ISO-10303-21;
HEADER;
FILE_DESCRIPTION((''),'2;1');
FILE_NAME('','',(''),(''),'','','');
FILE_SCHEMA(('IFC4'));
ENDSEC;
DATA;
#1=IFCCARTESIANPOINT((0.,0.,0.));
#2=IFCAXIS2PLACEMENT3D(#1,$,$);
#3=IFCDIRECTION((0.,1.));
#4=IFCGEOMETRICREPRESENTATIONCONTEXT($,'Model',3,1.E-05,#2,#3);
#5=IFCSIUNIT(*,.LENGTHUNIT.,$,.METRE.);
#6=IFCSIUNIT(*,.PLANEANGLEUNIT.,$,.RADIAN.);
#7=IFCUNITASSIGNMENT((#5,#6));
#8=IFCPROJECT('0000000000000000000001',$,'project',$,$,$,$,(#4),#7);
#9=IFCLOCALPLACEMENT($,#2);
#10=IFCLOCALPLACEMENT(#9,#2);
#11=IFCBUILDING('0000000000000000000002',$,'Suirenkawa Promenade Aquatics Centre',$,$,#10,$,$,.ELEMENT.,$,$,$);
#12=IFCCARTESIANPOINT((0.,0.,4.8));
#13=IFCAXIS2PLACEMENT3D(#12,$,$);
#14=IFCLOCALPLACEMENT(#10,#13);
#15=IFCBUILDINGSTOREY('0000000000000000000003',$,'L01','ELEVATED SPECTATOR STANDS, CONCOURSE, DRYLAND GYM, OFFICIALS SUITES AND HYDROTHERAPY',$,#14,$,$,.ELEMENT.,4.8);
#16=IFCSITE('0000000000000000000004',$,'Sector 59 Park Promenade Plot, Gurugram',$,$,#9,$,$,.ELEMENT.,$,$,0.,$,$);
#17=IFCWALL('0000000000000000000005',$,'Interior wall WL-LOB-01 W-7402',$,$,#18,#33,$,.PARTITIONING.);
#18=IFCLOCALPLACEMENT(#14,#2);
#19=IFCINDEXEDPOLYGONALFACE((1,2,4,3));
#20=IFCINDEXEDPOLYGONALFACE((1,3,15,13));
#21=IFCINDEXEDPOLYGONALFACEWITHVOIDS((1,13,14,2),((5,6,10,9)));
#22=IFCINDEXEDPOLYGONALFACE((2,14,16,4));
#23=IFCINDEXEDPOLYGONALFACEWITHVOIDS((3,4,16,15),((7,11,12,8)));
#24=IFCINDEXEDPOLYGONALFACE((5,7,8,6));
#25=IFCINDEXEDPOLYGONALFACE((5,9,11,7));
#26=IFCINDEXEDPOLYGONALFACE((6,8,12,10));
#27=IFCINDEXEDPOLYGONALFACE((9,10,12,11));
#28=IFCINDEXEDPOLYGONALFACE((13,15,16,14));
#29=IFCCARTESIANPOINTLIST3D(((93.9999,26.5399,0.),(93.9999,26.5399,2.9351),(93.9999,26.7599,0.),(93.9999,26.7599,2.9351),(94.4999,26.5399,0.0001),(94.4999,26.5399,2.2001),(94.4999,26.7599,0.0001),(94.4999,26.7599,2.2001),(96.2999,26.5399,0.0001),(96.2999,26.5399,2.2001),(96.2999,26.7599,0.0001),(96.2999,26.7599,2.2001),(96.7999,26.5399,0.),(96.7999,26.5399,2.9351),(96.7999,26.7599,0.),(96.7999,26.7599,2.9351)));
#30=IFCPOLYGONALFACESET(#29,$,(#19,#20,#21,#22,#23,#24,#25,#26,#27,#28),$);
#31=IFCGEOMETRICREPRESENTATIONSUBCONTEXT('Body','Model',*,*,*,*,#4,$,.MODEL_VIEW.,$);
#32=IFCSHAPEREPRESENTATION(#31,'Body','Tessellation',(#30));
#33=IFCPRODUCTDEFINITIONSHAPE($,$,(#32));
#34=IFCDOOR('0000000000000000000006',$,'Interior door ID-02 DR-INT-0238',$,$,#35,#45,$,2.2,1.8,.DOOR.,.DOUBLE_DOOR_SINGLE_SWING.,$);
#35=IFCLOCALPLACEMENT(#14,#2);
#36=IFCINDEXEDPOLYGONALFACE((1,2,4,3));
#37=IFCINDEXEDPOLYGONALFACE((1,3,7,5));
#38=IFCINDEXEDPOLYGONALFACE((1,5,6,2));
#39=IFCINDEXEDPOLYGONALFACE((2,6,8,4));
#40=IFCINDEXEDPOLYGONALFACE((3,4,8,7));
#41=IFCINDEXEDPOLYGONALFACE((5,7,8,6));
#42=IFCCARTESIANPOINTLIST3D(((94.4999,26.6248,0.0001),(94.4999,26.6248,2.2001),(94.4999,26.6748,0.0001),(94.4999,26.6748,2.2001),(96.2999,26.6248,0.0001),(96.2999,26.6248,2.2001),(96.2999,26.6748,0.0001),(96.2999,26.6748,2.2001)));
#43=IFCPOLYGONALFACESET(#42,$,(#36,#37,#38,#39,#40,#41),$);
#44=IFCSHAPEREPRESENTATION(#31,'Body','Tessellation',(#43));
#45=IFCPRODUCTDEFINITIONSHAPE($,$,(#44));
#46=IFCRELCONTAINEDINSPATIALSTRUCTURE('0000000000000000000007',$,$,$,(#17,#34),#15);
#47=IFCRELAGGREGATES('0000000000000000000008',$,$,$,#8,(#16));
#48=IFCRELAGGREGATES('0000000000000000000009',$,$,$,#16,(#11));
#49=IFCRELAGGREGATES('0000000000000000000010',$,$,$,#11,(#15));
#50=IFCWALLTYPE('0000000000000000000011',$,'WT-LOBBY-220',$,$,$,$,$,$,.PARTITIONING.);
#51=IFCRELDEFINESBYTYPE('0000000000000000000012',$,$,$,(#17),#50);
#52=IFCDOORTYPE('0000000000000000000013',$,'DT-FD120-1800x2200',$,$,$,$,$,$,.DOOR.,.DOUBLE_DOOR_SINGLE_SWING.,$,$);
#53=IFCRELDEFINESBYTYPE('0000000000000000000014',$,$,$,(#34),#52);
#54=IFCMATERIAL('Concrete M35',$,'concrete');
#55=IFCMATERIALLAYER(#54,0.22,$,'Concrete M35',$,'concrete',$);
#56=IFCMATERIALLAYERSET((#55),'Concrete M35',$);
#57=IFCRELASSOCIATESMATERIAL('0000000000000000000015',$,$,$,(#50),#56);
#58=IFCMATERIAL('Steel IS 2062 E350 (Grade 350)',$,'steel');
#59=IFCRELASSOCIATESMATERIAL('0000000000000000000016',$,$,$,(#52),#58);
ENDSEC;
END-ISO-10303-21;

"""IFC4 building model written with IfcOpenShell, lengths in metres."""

from ifc_helpers import new_model, si_unit, direction, frame, frame_2d, origin, place, context, subcontext, project, spatial, rectangle, extrude, material, layer, layer_set, type_object, element, fill, save


model = new_model("IFC4")

# Units and contexts
model_context = context("Model", 3, precision=1e-05, world=origin(), true_north=direction((0.0, 1.0)))
body_context = subcontext(model_context, "Body", "Model", "MODEL_VIEW")
ifc_project = project(units=[si_unit("LENGTHUNIT", "METRE"), si_unit("PLANEANGLEUNIT", "RADIAN")], contexts=[model_context])

# Site, building, storey
site_placement = place(None, origin())
site = spatial("IfcSite", under=ifc_project, at=site_placement, Name="Sector 59 Park Promenade Plot, Gurugram", CompositionType="ELEMENT", RefElevation=0.0)
building_placement = place(site_placement, origin())
building = spatial("IfcBuilding", under=site, at=building_placement, Name="Suirenkawa Promenade Aquatics Centre", CompositionType="ELEMENT")
storey_placement = place(building_placement, frame((0.0, 0.0, 4.8)))
storey = spatial("IfcBuildingStorey", under=building, at=storey_placement, Name="L01", Description="ELEVATED SPECTATOR STANDS, CONCOURSE, DRYLAND GYM, OFFICIALS SUITES AND HYDROTHERAPY", CompositionType="ELEMENT", Elevation=4.8)

# Wall, opening, door
ifc_material_1 = material(Name="Concrete M35", Category="concrete")
ifc_layer_1 = layer(ifc_material_1, 0.22, Name="Concrete M35", Category="concrete")
ifc_layer_set_1 = layer_set([ifc_layer_1], Name="Concrete M35")
wall_type = type_object("IfcWallType", Name="WT-LOBBY-220", PredefinedType="PARTITIONING", material=ifc_layer_set_1)
wall_placement = place(storey_placement, frame((94.0, 26.6499, 0.0), z_axis=(0.0, 0.0, 1.0), x_axis=(1.0, 0.0, 0.0)))
wall = element("IfcWall", 1, at=wall_placement, inside=storey, type_object=wall_type, Name="Interior wall WL-LOB-01 W-7402", PredefinedType="PARTITIONING", context=body_context, shape_type="SweptSolid", body=[
    extrude(rectangle(XDim=2.8, YDim=0.22, at=frame_2d((1.3999, 0.0))), origin(), (0.0, 0.0, 1.0), 2.9351),
])
opening_placement = place(wall_placement, frame((0.5, 0.0, 0.0)))
opening = element("IfcOpeningElement", 2, at=opening_placement, cuts=wall, PredefinedType="OPENING", context=body_context, shape_type="SweptSolid", body=[
    extrude(rectangle(XDim=1.8, YDim=2.2, at=frame_2d((0.8999, 1.1001))), frame((0.0, 0.1199, 0.0), z_axis=(0.0, -1.0, 0.0), x_axis=(1.0, 0.0, 0.0)), (0.0, 0.0, 1.0), 0.24),
])
ifc_material_2 = material(Name="Steel IS 2062 E350 (Grade 350)", Category="steel")
door_type = type_object("IfcDoorType", Name="DT-FD120-1800x2200", OperationType="DOUBLE_DOOR_SINGLE_SWING", PredefinedType="DOOR", material=ifc_material_2)
door_placement = place(opening_placement, origin())
door = element("IfcDoor", 3, at=door_placement, inside=storey, type_object=door_type, Name="Interior door ID-02 DR-INT-0238", OperationType="DOUBLE_DOOR_SINGLE_SWING", OverallHeight=2.2, OverallWidth=1.8, PredefinedType="DOOR", context=body_context, shape_type="SweptSolid", body=[
    extrude(rectangle(XDim=1.8, YDim=2.2, at=frame_2d((0.8999, 1.1001))), frame((0.0, 0.0249, 0.0), z_axis=(0.0, -1.0, 0.0), x_axis=(1.0, 0.0, 0.0)), (0.0, 0.0, 1.0), 0.05),
])
fill(opening, door)

save(model, "model.ifc")
